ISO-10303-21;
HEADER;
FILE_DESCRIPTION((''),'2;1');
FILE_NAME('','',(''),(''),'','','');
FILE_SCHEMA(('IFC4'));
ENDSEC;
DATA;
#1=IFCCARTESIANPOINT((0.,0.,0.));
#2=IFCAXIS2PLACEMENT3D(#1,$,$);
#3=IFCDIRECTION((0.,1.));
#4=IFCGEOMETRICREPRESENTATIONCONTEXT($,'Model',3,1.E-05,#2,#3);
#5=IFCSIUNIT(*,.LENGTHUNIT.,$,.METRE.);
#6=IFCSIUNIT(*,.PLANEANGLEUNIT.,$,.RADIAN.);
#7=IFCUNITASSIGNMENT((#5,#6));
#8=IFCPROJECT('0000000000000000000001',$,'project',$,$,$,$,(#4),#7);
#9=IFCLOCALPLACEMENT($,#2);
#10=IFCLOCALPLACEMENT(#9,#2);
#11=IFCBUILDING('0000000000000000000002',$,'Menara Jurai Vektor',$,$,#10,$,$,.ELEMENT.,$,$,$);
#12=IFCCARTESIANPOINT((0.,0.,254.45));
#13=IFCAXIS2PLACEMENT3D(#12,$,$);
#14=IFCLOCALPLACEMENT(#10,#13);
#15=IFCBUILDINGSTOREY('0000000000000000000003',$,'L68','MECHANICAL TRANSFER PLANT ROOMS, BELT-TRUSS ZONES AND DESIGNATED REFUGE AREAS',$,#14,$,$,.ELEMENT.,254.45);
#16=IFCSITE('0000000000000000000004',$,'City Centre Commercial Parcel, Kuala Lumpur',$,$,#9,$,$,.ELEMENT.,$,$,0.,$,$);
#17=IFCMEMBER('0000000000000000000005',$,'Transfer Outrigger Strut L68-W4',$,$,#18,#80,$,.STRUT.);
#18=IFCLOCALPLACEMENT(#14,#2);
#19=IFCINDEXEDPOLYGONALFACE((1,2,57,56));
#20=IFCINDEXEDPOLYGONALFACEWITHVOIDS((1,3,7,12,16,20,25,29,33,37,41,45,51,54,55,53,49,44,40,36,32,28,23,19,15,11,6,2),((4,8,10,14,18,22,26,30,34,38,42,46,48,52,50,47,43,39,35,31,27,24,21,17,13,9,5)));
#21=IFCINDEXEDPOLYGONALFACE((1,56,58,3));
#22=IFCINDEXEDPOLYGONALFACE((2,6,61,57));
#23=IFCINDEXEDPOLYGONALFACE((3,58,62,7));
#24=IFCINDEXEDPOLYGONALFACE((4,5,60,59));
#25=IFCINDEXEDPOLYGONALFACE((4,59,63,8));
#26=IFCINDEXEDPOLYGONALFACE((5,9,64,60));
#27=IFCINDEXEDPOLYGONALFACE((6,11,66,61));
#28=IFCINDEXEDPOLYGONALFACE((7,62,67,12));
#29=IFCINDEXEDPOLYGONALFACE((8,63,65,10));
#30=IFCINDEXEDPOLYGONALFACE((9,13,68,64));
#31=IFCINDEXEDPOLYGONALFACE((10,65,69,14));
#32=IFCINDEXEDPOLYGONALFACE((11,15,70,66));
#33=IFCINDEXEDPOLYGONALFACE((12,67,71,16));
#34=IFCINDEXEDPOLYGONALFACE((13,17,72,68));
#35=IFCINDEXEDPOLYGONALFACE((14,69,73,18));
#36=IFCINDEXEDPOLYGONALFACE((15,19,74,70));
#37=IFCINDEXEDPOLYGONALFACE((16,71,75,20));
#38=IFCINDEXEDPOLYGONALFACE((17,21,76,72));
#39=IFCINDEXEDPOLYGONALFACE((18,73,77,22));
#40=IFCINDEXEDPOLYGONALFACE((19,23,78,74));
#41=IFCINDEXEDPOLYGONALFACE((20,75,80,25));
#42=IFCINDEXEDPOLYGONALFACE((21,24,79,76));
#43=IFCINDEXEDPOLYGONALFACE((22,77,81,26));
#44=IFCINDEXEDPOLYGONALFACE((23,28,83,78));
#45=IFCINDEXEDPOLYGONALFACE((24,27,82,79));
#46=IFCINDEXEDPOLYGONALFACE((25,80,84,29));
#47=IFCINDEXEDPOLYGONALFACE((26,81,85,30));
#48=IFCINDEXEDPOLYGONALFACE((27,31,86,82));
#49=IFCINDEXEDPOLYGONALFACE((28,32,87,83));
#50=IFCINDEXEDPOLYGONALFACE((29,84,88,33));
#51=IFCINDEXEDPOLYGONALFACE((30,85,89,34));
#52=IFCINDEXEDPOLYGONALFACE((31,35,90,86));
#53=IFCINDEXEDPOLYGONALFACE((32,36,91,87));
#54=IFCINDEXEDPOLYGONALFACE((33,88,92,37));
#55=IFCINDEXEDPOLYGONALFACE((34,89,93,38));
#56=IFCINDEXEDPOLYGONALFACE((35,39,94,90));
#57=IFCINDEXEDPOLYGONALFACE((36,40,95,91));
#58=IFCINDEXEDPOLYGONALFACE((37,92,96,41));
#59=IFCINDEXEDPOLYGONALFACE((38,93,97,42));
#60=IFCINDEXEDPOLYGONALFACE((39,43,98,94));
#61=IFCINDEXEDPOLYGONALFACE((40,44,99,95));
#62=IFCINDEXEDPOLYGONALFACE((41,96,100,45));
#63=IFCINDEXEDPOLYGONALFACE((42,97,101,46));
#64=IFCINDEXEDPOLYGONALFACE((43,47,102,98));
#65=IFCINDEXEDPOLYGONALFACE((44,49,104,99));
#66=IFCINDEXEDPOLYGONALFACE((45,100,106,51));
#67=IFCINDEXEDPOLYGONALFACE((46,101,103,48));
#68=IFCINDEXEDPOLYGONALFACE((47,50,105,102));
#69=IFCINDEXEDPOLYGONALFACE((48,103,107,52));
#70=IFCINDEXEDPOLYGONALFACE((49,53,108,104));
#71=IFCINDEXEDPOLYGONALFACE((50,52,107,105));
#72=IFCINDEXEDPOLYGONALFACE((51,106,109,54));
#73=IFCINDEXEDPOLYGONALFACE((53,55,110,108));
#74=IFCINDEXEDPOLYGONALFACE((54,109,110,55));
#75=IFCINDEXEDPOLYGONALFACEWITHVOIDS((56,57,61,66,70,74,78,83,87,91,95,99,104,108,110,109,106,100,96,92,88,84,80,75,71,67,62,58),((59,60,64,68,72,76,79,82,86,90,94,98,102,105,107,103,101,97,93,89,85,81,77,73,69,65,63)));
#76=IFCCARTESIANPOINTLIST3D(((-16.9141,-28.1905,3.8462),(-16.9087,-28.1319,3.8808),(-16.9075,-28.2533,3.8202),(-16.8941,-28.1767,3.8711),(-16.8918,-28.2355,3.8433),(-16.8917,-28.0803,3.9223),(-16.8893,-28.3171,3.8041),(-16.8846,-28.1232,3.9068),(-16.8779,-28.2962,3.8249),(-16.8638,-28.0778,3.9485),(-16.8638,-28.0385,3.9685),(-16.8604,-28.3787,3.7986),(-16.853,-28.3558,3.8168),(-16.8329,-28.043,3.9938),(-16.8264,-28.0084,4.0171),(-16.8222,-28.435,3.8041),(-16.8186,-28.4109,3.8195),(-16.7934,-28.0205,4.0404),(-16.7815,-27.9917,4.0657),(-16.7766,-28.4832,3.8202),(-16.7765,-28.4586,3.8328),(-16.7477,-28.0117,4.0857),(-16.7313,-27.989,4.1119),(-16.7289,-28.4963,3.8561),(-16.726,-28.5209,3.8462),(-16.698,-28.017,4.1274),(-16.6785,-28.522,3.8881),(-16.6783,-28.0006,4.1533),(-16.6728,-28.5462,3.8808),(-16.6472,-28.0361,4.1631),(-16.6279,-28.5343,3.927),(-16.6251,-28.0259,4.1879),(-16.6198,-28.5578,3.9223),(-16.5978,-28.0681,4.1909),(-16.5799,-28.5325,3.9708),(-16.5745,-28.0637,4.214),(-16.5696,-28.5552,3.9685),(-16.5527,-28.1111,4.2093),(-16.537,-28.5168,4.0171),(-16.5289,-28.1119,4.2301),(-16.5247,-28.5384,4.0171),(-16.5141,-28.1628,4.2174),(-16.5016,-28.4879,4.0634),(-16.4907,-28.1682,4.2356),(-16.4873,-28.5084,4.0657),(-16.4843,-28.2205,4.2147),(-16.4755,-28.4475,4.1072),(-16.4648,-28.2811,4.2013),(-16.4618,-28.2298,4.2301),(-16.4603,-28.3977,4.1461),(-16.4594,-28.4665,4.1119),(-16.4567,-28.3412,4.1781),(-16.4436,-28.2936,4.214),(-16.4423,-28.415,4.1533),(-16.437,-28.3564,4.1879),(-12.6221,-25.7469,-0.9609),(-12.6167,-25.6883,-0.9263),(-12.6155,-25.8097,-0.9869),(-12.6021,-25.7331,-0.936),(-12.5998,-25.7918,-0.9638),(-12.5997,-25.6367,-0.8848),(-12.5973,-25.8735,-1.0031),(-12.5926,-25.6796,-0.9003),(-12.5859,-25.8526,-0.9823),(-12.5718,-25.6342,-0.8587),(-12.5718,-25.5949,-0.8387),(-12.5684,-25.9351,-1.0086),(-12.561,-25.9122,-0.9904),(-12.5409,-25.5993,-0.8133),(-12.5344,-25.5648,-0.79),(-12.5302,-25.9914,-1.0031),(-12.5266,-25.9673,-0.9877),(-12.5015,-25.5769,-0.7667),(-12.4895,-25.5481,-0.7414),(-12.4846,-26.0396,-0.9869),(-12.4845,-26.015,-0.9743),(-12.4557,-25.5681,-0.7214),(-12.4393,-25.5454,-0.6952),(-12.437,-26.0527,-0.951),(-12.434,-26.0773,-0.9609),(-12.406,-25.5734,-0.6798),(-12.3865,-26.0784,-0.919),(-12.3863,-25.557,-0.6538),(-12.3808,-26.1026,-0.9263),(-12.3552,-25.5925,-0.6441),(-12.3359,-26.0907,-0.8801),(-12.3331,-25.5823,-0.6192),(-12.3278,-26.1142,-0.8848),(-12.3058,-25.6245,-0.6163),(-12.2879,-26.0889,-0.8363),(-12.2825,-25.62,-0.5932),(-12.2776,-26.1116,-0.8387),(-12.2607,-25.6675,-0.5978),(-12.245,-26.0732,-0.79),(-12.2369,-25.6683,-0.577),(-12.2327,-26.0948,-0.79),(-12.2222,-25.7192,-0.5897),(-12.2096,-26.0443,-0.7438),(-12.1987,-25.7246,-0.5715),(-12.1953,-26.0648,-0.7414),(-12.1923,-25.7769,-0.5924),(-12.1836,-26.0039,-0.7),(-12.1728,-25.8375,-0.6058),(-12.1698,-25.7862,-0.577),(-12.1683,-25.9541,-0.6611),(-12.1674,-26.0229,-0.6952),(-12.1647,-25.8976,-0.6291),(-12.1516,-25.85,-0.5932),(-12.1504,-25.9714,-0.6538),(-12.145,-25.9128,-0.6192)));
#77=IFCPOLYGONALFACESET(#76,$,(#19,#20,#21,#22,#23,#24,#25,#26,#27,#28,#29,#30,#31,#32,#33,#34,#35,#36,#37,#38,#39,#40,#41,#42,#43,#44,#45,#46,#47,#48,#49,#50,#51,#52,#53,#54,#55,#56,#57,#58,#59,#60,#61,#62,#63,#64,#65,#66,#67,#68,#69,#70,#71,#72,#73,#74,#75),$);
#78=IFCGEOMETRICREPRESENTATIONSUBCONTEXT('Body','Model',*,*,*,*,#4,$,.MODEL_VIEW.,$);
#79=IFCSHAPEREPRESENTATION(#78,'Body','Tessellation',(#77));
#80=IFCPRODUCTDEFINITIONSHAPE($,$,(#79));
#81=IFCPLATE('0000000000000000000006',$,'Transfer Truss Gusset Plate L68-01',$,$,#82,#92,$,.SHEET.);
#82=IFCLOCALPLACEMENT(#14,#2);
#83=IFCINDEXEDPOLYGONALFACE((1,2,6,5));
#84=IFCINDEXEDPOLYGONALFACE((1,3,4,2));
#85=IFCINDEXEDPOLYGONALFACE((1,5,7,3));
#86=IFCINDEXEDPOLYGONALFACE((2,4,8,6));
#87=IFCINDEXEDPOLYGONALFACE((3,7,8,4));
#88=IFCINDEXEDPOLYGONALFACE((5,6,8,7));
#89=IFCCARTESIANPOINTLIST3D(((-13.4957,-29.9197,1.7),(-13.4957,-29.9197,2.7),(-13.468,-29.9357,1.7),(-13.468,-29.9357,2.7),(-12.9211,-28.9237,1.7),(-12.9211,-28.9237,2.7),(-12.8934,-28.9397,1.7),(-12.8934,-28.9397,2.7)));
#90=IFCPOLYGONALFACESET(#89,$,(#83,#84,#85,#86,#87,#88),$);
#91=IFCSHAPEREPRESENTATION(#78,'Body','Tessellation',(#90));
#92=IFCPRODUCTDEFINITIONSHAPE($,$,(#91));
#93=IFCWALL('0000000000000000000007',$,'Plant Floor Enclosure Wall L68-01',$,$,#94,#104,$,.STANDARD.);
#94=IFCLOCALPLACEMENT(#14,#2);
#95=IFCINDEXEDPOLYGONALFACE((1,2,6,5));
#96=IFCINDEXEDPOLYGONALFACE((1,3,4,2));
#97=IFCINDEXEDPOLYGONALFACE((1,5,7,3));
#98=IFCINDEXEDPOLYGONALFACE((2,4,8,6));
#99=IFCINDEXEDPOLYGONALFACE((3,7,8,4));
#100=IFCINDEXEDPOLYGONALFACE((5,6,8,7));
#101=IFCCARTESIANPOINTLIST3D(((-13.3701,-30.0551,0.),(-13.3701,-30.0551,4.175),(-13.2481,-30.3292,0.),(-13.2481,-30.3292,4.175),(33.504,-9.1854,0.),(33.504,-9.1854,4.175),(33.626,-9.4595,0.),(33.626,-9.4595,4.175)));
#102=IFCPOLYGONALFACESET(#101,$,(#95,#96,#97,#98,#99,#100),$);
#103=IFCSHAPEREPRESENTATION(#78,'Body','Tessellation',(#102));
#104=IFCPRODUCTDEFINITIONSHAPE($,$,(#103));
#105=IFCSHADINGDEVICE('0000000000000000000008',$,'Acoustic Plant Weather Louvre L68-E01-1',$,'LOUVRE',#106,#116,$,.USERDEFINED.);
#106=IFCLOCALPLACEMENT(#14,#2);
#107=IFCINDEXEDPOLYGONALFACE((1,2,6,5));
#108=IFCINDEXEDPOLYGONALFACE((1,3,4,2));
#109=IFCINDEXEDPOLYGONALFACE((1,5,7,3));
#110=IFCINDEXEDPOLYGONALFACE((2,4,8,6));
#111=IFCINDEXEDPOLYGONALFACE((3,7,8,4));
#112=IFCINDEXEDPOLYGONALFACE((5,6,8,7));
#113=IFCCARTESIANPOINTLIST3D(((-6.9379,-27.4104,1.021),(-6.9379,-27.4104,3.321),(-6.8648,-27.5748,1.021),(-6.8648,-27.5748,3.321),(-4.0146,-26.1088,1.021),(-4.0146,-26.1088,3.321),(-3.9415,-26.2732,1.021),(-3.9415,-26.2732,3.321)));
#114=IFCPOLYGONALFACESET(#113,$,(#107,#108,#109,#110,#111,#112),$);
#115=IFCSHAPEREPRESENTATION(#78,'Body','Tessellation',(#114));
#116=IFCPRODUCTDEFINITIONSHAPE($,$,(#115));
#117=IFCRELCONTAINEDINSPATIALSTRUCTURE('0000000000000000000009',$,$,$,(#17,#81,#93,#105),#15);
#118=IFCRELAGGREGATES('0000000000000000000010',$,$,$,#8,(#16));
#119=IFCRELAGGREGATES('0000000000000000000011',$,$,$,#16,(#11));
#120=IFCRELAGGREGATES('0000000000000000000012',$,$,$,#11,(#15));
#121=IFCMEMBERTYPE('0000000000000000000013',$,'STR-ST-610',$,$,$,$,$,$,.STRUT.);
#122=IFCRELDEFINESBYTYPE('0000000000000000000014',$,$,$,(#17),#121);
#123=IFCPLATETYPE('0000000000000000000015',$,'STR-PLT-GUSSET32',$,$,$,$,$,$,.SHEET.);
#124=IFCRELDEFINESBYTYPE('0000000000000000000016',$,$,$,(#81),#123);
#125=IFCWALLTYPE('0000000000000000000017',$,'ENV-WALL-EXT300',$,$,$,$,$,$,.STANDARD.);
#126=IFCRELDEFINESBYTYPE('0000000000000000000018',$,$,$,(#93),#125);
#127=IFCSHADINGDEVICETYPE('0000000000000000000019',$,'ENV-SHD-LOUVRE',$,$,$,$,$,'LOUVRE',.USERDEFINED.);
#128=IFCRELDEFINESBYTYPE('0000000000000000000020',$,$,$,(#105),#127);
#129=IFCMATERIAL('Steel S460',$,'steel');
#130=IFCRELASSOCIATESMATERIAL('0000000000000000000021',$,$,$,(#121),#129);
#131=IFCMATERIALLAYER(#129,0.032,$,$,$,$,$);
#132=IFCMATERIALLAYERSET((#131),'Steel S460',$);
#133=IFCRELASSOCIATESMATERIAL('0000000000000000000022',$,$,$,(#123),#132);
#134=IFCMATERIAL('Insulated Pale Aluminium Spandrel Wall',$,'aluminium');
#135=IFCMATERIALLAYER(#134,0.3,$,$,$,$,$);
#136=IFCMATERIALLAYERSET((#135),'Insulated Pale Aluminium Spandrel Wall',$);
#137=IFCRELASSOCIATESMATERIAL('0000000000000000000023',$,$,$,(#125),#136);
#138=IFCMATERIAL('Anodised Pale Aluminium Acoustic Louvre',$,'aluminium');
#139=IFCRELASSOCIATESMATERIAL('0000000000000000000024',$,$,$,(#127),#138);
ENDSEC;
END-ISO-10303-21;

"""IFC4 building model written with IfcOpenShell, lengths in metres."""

from ifc_helpers import new_model, si_unit, direction, frame, frame_2d, origin, origin_2d, place, context, subcontext, project, spatial, rectangle, hollow_circle, extrude, material, layer, layer_set, material_profile, profile_set, type_object, element, save


model = new_model("IFC4")

# Units and contexts
model_context = context("Model", 3, precision=1e-05, world=origin(), true_north=direction((0.0, 1.0)))
body_context = subcontext(model_context, "Body", "Model", "MODEL_VIEW")
ifc_project = project(units=[si_unit("LENGTHUNIT", "METRE"), si_unit("PLANEANGLEUNIT", "RADIAN")], contexts=[model_context])

# Site, building, storey
site_placement = place(None, origin())
site = spatial("IfcSite", under=ifc_project, at=site_placement, Name="City Centre Commercial Parcel, Kuala Lumpur", CompositionType="ELEMENT", RefElevation=0.0)
building_placement = place(site_placement, origin())
building = spatial("IfcBuilding", under=site, at=building_placement, Name="Menara Jurai Vektor", CompositionType="ELEMENT")
storey_placement = place(building_placement, frame((0.0, 0.0, 254.45)))
storey = spatial("IfcBuildingStorey", under=building, at=storey_placement, Name="L68", Description="MECHANICAL TRANSFER PLANT ROOMS, BELT-TRUSS ZONES AND DESIGNATED REFUGE AREAS", CompositionType="ELEMENT", Elevation=254.45)

# Shared definitions
ifc_material_1 = material(Name="Steel S460", Category="steel")

# Member
ifc_material_profile_1 = material_profile(ifc_material_1, hollow_circle(Radius=0.3049, WallThickness=0.0249, at=origin_2d()), Name="CHS 610x25")
ifc_profile_set_1 = profile_set([ifc_material_profile_1], Name="Steel S460")
member_type_1 = type_object("IfcMemberType", Name="STR-ST-610", PredefinedType="STRUT", material=ifc_profile_set_1)
member_1_placement = place(storey_placement, frame((-12.3835, -25.8298, -0.79), z_axis=(-0.622742, -0.354552, 0.697485), x_axis=(0.49477, -0.869024, 0.0)))
element("IfcMember", 1, at=member_1_placement, inside=storey, type_object=member_type_1, Name="Transfer Outrigger Strut L68-W4", PredefinedType="STRUT", context=body_context, shape_type="SweptSolid", body=[
    extrude(hollow_circle(Radius=0.3049, WallThickness=0.0249, at=origin_2d()), origin(), (0.0, 0.0, 1.0), 6.8921),
])

# Plate
ifc_layer_1 = layer(ifc_material_1, 0.032)
ifc_layer_set_1 = layer_set([ifc_layer_1], Name="Steel S460")
plate_type = type_object("IfcPlateType", Name="STR-PLT-GUSSET32", PredefinedType="SHEET", material=ifc_layer_set_1)
plate_placement = place(storey_placement, frame((-13.1946, -29.4297, 1.7), z_axis=(0.0, 0.0, 1.0), x_axis=(0.499698, 0.8662, 0.0)))
element("IfcPlate", 2, at=plate_placement, inside=storey, type_object=plate_type, Name="Transfer Truss Gusset Plate L68-01", PredefinedType="SHEET", context=body_context, shape_type="SweptSolid", body=[
    extrude(rectangle(XDim=1.1499, YDim=0.032, at=origin_2d()), origin(), (0.0, 0.0, 1.0), 1.0),
])

# Wall
ifc_material_2 = material(Name="Insulated Pale Aluminium Spandrel Wall", Category="aluminium")
ifc_layer_2 = layer(ifc_material_2, 0.3)
ifc_layer_set_2 = layer_set([ifc_layer_2], Name="Insulated Pale Aluminium Spandrel Wall")
wall_type = type_object("IfcWallType", Name="ENV-WALL-EXT300", PredefinedType="STANDARD", material=ifc_layer_set_2)
wall_placement = place(storey_placement, frame((-13.3091, -30.1921, 0.0), z_axis=(0.0, 0.0, 1.0), x_axis=(0.913546, 0.406736, 0.0)))
element("IfcWall", 3, at=wall_placement, inside=storey, type_object=wall_type, Name="Plant Floor Enclosure Wall L68-01", PredefinedType="STANDARD", context=body_context, shape_type="SweptSolid", body=[
    extrude(rectangle(XDim=51.3101, YDim=0.3, at=frame_2d((25.655, 0.0))), origin(), (0.0, 0.0, 1.0), 4.175),
])

# Shading device
ifc_material_3 = material(Name="Anodised Pale Aluminium Acoustic Louvre", Category="aluminium")
shading_device_type = type_object("IfcShadingDeviceType", Name="ENV-SHD-LOUVRE", ElementType="LOUVRE", PredefinedType="USERDEFINED", material=ifc_material_3)
shading_device_placement = place(storey_placement, frame((-5.4397, -26.8418, 1.021), z_axis=(0.0, 0.0, 1.0), x_axis=(0.913545, 0.406737, 0.0)))
element("IfcShadingDevice", 4, at=shading_device_placement, inside=storey, type_object=shading_device_type, Name="Acoustic Plant Weather Louvre L68-E01-1", ObjectType="LOUVRE", PredefinedType="USERDEFINED", context=body_context, shape_type="SweptSolid", body=[
    extrude(rectangle(XDim=3.2, YDim=0.1799, at=origin_2d()), origin(), (0.0, 0.0, 1.0), 2.3),
])

save(model, "model.ifc")
